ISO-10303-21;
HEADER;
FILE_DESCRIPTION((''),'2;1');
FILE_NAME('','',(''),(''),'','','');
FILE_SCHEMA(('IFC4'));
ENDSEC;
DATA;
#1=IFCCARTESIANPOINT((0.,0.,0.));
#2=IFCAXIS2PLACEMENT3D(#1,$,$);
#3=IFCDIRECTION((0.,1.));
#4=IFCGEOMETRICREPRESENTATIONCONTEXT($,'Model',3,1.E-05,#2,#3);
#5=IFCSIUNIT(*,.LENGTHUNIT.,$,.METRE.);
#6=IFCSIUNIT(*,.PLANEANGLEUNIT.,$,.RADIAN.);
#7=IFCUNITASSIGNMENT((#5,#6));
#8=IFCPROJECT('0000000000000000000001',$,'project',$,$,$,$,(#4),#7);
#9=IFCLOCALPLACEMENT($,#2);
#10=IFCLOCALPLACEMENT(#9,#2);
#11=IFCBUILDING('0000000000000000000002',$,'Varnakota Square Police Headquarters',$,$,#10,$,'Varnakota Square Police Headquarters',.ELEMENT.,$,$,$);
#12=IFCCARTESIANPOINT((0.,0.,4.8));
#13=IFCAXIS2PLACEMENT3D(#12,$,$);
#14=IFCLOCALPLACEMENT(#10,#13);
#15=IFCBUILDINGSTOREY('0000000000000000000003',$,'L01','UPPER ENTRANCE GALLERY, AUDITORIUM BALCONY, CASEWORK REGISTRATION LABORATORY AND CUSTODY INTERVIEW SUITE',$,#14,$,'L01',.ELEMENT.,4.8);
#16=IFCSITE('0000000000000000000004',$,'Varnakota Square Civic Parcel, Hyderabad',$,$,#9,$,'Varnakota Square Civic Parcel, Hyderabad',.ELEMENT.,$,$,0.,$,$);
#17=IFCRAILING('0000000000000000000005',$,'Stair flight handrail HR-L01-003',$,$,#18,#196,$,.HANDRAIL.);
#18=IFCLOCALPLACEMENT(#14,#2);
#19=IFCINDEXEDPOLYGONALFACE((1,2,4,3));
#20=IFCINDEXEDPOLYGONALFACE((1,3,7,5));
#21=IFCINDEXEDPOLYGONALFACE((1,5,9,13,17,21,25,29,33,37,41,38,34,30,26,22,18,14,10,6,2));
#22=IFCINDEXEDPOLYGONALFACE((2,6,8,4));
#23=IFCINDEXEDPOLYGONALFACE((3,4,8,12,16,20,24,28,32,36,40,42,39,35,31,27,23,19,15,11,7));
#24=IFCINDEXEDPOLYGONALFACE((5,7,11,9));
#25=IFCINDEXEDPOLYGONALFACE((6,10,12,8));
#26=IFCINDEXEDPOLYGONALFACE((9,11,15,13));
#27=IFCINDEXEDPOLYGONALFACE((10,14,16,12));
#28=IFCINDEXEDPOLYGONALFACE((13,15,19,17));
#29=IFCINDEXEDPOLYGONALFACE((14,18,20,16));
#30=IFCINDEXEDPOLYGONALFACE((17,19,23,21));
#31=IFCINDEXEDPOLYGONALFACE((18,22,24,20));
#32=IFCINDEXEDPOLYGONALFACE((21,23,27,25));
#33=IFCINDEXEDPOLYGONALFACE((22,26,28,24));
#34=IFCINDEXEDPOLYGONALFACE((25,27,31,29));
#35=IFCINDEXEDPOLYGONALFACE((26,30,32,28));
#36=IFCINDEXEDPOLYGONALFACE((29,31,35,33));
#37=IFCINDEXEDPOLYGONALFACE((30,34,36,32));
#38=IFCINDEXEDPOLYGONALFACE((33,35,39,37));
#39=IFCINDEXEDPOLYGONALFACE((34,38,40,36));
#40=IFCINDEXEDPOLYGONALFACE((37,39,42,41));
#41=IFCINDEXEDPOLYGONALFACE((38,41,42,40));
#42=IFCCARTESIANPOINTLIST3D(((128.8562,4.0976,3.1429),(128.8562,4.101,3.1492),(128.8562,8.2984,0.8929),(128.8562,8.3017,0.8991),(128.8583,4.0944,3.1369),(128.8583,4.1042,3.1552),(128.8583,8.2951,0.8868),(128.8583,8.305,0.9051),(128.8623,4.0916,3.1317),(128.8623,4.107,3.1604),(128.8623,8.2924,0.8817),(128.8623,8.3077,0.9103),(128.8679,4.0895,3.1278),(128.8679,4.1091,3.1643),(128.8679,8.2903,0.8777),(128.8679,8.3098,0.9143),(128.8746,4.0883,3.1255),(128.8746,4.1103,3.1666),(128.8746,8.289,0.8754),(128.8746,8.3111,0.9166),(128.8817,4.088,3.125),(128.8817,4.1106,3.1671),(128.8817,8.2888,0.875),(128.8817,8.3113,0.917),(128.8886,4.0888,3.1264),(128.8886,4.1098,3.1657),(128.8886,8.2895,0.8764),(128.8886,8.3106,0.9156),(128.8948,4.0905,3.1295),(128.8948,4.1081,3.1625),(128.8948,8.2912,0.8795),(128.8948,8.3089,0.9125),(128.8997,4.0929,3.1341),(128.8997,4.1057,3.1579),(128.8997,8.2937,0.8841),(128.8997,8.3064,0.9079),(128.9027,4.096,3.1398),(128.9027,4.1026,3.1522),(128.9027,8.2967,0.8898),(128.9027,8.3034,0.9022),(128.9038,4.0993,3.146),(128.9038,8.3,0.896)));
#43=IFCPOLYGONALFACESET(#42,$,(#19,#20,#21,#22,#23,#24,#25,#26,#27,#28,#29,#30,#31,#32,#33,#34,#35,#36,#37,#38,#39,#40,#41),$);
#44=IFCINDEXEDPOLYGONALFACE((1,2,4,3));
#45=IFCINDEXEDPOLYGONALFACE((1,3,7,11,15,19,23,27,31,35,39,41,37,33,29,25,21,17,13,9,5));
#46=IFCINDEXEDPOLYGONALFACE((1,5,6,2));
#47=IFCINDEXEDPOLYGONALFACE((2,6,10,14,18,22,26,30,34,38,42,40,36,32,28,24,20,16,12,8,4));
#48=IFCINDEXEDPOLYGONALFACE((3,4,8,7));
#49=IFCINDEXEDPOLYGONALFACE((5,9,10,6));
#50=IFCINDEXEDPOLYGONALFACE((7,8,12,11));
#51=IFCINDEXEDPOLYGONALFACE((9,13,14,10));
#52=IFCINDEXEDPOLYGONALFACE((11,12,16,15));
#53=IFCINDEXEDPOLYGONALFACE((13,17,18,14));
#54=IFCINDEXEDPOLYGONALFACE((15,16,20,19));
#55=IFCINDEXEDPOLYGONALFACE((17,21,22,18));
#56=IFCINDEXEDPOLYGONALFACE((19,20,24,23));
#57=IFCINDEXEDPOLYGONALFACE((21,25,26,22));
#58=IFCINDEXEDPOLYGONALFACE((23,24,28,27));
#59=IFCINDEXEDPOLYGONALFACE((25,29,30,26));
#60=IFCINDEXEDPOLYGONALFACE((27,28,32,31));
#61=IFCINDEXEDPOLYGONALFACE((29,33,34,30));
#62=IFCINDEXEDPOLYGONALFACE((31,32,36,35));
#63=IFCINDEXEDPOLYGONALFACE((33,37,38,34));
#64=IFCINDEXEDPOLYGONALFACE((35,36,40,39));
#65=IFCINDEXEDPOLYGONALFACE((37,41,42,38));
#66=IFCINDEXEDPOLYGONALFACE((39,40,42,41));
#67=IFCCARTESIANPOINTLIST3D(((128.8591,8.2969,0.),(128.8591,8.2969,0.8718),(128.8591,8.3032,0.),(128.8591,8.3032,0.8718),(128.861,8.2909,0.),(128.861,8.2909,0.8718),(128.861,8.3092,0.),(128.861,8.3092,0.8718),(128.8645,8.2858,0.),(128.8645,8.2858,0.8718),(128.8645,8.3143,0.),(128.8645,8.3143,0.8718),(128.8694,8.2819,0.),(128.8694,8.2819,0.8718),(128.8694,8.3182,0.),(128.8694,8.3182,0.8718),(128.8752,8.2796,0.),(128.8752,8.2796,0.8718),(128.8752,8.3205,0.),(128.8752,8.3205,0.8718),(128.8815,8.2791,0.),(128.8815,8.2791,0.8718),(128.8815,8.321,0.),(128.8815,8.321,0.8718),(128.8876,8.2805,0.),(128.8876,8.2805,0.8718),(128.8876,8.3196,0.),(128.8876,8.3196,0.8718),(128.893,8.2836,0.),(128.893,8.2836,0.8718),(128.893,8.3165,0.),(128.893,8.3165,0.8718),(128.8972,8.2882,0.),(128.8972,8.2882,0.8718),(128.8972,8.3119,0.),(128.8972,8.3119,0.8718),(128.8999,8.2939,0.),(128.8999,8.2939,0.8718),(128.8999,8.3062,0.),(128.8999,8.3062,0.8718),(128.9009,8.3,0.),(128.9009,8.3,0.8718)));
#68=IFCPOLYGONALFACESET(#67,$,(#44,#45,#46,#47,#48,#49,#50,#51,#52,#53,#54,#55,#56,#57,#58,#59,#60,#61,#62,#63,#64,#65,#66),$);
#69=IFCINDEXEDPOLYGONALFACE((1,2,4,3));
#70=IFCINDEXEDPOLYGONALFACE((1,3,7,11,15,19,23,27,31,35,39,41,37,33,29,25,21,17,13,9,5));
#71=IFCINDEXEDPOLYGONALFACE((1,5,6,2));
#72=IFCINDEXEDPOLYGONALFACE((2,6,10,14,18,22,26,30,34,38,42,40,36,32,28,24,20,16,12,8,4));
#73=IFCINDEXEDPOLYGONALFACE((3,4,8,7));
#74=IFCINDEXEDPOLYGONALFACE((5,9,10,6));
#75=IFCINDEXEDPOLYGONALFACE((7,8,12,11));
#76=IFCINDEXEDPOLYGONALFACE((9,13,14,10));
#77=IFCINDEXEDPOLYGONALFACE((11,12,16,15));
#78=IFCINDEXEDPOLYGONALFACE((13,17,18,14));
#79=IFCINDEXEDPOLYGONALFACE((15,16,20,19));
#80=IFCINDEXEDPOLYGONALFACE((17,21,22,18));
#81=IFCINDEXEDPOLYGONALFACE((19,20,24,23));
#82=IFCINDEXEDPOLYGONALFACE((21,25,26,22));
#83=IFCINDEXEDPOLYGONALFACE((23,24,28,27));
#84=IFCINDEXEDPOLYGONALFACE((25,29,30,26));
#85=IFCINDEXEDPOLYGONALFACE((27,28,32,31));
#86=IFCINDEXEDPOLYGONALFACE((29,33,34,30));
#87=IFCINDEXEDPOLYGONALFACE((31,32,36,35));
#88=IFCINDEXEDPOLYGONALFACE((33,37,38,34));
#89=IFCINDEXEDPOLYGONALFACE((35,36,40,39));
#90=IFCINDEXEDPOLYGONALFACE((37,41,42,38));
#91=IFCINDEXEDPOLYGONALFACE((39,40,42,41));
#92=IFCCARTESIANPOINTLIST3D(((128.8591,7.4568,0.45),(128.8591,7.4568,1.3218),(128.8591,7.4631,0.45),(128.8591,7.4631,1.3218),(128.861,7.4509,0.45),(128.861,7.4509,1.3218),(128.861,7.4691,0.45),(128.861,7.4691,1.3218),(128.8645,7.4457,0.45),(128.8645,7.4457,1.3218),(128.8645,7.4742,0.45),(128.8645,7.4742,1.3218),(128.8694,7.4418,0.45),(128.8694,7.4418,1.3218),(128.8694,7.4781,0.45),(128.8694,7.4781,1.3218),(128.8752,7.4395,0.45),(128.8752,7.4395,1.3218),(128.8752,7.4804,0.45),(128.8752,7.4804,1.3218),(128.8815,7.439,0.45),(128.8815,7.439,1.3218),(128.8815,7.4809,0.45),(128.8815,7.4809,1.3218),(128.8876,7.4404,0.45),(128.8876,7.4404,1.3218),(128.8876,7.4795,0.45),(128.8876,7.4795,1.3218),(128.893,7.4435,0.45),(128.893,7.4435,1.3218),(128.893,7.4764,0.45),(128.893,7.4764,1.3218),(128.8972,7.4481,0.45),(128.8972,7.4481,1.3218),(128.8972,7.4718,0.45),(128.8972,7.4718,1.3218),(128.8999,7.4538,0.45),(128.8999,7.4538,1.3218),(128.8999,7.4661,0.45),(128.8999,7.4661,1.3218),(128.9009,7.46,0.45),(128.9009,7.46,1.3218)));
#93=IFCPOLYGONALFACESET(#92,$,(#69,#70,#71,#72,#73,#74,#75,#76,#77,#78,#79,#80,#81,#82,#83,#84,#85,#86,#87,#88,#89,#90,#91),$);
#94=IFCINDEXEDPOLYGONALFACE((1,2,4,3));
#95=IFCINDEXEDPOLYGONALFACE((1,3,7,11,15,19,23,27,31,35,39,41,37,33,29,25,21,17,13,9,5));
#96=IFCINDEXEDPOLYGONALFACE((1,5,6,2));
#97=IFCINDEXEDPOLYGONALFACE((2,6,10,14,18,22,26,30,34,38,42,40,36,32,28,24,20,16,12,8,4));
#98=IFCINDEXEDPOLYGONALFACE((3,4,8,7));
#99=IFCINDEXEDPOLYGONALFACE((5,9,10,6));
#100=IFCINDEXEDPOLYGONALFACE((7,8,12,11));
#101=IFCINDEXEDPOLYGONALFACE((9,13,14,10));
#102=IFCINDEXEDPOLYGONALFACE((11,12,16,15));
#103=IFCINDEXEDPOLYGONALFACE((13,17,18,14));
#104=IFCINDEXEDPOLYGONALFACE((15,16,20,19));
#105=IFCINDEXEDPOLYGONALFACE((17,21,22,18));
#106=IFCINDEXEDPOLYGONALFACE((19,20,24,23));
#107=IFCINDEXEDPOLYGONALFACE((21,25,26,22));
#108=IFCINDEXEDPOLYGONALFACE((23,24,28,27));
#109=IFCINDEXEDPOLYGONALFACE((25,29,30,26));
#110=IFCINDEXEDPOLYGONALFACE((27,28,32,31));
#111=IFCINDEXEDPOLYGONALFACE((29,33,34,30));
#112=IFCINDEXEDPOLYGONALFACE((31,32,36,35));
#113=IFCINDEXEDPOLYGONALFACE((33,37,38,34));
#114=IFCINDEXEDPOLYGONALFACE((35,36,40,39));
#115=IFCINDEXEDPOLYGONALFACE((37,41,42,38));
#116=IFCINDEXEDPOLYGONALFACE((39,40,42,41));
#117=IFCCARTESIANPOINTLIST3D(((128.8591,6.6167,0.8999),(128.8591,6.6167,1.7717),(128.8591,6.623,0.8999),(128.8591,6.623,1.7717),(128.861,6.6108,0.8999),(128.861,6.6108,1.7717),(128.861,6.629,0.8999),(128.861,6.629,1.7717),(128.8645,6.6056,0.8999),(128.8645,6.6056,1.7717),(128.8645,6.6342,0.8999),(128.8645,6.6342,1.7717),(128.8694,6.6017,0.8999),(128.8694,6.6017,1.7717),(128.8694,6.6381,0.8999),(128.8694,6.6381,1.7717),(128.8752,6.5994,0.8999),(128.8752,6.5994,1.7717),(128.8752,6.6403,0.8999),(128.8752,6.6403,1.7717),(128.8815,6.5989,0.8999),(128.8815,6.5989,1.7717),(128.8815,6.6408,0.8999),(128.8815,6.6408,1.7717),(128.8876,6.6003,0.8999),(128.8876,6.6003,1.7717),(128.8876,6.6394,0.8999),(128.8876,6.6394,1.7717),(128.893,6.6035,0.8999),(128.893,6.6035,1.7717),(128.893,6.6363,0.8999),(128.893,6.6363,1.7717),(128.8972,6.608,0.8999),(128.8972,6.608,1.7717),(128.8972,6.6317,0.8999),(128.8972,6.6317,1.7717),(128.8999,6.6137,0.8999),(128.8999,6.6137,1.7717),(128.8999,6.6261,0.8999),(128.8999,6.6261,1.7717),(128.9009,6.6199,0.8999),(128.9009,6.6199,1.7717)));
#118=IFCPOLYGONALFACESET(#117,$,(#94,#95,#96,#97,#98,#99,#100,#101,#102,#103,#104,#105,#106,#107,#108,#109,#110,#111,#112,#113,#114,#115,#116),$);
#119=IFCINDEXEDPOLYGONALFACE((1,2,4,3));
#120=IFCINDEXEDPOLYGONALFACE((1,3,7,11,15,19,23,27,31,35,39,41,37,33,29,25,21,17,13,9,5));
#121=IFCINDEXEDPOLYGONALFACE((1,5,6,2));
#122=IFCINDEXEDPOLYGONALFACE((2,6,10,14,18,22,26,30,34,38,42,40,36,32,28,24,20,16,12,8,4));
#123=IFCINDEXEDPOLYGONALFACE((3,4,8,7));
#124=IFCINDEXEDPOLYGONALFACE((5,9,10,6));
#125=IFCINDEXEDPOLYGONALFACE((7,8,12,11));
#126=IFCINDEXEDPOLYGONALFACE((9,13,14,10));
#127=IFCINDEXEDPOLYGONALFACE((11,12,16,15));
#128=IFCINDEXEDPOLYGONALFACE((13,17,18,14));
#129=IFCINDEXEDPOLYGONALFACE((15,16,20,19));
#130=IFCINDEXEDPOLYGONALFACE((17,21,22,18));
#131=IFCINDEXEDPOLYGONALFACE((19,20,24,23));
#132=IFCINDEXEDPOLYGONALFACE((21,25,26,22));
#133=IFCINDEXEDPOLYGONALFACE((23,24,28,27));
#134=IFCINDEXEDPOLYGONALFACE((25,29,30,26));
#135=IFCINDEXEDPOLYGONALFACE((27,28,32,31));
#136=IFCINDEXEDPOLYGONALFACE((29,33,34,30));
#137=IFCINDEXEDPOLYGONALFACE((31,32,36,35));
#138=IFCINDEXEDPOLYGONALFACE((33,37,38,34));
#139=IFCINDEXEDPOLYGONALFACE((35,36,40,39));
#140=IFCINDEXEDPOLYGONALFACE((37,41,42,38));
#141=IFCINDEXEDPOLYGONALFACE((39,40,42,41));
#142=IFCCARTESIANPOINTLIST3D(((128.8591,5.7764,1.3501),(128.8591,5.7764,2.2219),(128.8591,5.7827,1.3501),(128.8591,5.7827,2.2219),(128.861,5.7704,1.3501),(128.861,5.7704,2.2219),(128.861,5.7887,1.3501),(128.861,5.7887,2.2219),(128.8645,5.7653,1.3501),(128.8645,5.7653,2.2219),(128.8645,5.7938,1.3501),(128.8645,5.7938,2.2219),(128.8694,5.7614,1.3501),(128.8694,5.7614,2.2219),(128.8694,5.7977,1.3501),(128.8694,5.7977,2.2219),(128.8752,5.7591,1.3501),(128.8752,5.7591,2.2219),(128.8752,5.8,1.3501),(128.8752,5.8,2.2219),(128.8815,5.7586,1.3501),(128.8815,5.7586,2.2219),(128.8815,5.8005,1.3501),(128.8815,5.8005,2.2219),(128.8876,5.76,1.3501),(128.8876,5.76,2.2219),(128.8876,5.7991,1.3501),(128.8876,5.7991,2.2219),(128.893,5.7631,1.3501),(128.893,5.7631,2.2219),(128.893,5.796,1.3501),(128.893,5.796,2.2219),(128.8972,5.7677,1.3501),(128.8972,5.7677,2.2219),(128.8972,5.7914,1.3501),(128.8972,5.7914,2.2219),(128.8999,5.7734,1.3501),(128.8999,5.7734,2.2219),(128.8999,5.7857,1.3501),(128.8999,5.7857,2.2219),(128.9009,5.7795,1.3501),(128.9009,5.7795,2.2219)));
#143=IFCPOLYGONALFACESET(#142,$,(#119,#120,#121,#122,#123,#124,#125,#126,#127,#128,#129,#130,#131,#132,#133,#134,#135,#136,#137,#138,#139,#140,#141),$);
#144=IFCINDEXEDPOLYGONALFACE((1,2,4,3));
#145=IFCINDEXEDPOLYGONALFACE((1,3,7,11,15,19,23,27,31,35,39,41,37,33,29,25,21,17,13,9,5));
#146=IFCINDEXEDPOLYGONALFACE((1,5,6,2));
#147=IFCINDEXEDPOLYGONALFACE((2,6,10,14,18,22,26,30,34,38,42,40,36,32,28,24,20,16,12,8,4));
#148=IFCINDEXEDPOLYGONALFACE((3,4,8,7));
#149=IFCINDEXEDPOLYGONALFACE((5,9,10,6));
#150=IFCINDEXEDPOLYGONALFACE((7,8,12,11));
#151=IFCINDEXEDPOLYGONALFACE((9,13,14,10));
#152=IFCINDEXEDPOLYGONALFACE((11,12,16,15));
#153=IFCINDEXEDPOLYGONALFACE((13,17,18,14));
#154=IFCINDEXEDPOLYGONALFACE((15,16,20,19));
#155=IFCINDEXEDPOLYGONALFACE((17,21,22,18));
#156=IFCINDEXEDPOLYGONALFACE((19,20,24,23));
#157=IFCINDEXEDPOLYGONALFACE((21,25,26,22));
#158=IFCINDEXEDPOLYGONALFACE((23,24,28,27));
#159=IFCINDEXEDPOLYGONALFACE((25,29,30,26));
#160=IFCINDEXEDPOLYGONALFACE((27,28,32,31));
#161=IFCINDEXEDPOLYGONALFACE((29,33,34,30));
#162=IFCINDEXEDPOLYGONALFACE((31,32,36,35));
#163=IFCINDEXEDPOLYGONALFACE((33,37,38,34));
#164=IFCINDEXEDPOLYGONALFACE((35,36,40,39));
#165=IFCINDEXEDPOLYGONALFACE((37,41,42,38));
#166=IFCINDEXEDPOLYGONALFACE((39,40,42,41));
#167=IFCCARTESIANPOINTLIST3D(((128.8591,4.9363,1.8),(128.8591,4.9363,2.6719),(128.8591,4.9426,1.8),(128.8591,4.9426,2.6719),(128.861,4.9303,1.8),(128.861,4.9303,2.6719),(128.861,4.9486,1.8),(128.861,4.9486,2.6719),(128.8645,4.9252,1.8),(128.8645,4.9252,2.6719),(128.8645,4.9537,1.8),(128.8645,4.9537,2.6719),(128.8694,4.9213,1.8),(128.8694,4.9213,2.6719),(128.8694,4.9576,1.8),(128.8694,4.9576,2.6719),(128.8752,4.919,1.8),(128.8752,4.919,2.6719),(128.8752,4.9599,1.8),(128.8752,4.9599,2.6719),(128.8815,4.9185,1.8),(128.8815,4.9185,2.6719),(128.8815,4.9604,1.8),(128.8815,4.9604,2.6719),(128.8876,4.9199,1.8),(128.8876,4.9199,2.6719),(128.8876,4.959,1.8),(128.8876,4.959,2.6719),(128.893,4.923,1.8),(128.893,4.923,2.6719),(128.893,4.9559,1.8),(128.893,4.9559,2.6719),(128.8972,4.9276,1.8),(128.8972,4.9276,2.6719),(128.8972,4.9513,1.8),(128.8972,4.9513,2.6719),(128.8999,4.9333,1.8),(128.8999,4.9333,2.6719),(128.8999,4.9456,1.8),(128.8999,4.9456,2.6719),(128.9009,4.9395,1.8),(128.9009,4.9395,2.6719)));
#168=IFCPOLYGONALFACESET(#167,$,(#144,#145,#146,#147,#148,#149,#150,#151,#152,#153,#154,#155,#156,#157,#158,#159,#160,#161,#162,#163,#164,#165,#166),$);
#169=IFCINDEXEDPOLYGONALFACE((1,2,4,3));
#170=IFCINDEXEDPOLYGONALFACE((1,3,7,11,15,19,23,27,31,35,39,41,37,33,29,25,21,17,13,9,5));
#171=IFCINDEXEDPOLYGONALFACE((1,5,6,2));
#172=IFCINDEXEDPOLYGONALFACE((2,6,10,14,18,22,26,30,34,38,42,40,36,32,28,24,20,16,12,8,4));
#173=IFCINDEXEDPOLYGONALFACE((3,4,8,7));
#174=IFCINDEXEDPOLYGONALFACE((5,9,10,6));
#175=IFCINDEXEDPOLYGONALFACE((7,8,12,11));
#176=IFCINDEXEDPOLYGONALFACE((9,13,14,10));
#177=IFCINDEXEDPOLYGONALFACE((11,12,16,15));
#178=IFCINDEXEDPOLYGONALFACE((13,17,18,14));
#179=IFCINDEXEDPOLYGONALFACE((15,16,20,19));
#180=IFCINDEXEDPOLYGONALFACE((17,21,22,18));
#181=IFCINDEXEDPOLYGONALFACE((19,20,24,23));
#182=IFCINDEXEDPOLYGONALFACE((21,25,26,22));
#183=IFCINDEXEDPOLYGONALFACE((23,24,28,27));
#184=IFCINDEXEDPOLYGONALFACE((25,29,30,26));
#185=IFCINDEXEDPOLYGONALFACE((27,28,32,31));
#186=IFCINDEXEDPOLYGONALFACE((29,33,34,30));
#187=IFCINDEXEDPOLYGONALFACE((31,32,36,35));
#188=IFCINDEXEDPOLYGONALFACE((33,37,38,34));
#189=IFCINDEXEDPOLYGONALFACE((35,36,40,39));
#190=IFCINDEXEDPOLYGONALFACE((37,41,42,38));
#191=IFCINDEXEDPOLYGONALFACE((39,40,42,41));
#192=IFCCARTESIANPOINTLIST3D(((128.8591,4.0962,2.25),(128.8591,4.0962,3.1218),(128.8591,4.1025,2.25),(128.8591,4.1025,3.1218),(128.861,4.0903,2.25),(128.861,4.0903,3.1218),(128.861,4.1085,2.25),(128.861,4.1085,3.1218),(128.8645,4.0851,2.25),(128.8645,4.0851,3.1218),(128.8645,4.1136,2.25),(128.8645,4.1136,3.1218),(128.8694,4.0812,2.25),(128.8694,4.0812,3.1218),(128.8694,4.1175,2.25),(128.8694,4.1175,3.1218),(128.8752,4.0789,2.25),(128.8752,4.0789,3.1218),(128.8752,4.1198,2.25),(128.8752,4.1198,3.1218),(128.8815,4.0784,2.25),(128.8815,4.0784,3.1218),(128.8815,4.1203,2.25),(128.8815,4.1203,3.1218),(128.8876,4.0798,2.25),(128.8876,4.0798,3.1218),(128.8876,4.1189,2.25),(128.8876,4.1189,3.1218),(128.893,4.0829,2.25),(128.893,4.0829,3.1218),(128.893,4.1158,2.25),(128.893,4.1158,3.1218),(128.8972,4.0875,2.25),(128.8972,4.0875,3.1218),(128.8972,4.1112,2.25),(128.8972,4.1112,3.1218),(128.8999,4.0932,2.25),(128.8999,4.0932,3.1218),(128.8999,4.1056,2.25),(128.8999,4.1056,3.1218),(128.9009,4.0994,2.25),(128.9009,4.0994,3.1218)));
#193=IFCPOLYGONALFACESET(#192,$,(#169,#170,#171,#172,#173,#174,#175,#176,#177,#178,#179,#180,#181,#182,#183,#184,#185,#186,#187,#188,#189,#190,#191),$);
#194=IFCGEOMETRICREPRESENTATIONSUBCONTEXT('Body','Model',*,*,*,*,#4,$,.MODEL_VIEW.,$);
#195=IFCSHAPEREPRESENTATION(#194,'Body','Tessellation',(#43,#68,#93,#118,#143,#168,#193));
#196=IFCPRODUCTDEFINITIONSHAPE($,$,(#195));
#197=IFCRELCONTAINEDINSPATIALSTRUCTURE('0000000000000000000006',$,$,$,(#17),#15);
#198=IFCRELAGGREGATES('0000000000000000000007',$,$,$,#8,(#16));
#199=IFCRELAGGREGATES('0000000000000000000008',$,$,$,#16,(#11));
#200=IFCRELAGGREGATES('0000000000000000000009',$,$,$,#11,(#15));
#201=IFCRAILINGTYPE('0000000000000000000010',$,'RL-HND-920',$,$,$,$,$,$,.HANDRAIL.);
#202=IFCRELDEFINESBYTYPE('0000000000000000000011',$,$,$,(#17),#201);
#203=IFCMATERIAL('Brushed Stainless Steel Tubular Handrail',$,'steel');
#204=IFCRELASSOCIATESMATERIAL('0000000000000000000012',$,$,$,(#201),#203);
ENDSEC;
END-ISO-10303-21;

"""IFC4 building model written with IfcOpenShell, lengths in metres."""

from ifc_helpers import new_model, si_unit, direction, frame, origin, origin_2d, place, context, subcontext, project, spatial, circle, extrude, material, type_object, element, save


model = new_model("IFC4")

# Units and contexts
model_context = context("Model", 3, precision=1e-05, world=origin(), true_north=direction((0.0, 1.0)))
body_context = subcontext(model_context, "Body", "Model", "MODEL_VIEW")
ifc_project = project(units=[si_unit("LENGTHUNIT", "METRE"), si_unit("PLANEANGLEUNIT", "RADIAN")], contexts=[model_context])

# Site, building, storey
site_placement = place(None, origin())
site = spatial("IfcSite", under=ifc_project, at=site_placement, Name="Varnakota Square Civic Parcel, Hyderabad", LongName="Varnakota Square Civic Parcel, Hyderabad", CompositionType="ELEMENT", RefElevation=0.0)
building_placement = place(site_placement, origin())
building = spatial("IfcBuilding", under=site, at=building_placement, Name="Varnakota Square Police Headquarters", LongName="Varnakota Square Police Headquarters", CompositionType="ELEMENT")
storey_placement = place(building_placement, frame((0.0, 0.0, 4.8)))
storey = spatial("IfcBuildingStorey", under=building, at=storey_placement, Name="L01", Description="UPPER ENTRANCE GALLERY, AUDITORIUM BALCONY, CASEWORK REGISTRATION LABORATORY AND CUSTODY INTERVIEW SUITE", LongName="L01", CompositionType="ELEMENT", Elevation=4.8)

# Railing
ifc_material_1 = material(Name="Brushed Stainless Steel Tubular Handrail", Category="steel")
railing_type_1 = type_object("IfcRailingType", Name="RL-HND-920", PredefinedType="HANDRAIL", material=ifc_material_1)
railing_1_placement = place(storey_placement, frame((128.8799, 8.3, 0.0)))
element("IfcRailing", 1, at=railing_1_placement, inside=storey, type_object=railing_type_1, Name="Stair flight handrail HR-L01-003", PredefinedType="HANDRAIL", context=body_context, shape_type="SweptSolid", body=[
    extrude(circle(Radius=0.0239, at=origin_2d()), frame((0.0, 0.0, 0.896), z_axis=(0.0, -0.881512, 0.472162), x_axis=(1.0, 0.0, 0.0)), (0.0, 0.0, 1.0), 4.7654),
    extrude(circle(Radius=0.021, at=origin_2d()), origin(), (0.0, 0.0, 1.0), 0.8718),
    extrude(circle(Radius=0.021, at=origin_2d()), frame((0.0, -0.8401, 0.45)), (0.0, 0.0, 1.0), 0.8718),
    extrude(circle(Radius=0.021, at=origin_2d()), frame((0.0, -1.6802, 0.8999)), (0.0, 0.0, 1.0), 0.8718),
    extrude(circle(Radius=0.021, at=origin_2d()), frame((0.0, -2.5205, 1.3501)), (0.0, 0.0, 1.0), 0.8718),
    extrude(circle(Radius=0.021, at=origin_2d()), frame((0.0, -3.3606, 1.8)), (0.0, 0.0, 1.0), 0.8718),
    extrude(circle(Radius=0.021, at=origin_2d()), frame((0.0, -4.2007, 2.25)), (0.0, 0.0, 1.0), 0.8718),
])

save(model, "model.ifc")
